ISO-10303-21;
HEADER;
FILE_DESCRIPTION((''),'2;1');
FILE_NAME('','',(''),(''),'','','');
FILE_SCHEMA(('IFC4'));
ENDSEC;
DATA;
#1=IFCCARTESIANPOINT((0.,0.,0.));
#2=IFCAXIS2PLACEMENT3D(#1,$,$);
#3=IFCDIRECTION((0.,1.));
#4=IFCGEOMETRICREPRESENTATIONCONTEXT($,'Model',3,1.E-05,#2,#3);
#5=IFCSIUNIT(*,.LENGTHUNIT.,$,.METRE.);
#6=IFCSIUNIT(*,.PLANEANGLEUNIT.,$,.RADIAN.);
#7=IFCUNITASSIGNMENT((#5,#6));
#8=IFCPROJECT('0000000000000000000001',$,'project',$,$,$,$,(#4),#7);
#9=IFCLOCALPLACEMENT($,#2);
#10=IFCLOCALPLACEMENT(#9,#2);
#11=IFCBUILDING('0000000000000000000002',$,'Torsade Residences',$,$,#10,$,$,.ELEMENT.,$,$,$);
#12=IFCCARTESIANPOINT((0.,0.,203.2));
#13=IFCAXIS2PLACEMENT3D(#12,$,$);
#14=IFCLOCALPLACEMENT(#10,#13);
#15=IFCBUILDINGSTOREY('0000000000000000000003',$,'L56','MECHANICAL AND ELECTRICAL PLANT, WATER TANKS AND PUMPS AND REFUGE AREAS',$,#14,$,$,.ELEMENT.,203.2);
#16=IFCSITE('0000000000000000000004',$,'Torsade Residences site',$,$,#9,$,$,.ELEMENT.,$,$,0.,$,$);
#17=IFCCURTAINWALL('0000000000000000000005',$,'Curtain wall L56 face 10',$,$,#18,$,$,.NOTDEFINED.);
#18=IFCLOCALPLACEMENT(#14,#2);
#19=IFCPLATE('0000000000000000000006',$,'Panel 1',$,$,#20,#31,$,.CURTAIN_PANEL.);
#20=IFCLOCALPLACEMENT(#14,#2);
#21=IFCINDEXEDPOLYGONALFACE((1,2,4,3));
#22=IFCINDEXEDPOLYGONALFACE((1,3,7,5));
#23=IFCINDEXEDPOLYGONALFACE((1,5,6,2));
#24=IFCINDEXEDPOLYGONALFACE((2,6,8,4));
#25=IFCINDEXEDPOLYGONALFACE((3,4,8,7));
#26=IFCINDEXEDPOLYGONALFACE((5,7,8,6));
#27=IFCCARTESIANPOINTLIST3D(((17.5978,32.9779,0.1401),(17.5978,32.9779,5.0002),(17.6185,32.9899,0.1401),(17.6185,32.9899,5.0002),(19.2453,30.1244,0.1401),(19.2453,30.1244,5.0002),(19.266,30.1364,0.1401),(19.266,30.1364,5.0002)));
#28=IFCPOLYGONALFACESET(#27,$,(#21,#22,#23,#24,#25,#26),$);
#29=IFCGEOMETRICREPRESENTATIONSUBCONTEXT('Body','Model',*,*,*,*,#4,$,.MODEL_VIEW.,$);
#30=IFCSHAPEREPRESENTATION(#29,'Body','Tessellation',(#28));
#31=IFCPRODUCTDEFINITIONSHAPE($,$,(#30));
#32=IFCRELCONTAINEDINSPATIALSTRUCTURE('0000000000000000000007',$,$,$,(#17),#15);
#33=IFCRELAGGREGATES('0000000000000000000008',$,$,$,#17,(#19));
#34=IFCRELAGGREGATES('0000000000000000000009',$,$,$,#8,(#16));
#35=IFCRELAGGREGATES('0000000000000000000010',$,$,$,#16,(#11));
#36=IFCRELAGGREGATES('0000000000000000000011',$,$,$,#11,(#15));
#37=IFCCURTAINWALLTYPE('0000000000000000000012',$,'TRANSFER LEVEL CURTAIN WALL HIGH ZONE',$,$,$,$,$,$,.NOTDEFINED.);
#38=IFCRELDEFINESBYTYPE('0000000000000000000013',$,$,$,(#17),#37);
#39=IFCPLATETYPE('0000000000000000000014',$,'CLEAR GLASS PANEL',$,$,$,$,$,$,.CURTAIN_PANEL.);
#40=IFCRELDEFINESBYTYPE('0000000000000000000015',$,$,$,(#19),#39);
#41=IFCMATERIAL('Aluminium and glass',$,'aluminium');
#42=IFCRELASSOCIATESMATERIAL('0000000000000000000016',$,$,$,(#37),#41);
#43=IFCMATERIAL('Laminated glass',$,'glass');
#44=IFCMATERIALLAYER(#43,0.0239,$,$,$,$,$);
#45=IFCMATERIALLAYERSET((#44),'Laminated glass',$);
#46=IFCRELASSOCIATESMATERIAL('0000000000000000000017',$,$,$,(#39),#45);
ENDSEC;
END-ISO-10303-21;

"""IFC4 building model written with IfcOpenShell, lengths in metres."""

from ifc_helpers import new_model, si_unit, direction, frame, origin, origin_2d, place, context, subcontext, project, spatial, rectangle, extrude, material, layer, layer_set, type_object, element, aggregate, save


model = new_model("IFC4")

# Units and contexts
model_context = context("Model", 3, precision=1e-05, world=origin(), true_north=direction((0.0, 1.0)))
body_context = subcontext(model_context, "Body", "Model", "MODEL_VIEW")
ifc_project = project(units=[si_unit("LENGTHUNIT", "METRE"), si_unit("PLANEANGLEUNIT", "RADIAN")], contexts=[model_context])

# Site, building, storey
site_placement = place(None, origin())
site = spatial("IfcSite", under=ifc_project, at=site_placement, Name="Torsade Residences site", CompositionType="ELEMENT", RefElevation=0.0)
building_placement = place(site_placement, origin())
building = spatial("IfcBuilding", under=site, at=building_placement, Name="Torsade Residences", CompositionType="ELEMENT")
storey_placement = place(building_placement, frame((0.0, 0.0, 203.2)))
storey = spatial("IfcBuildingStorey", under=building, at=storey_placement, Name="L56", Description="MECHANICAL AND ELECTRICAL PLANT, WATER TANKS AND PUMPS AND REFUGE AREAS", CompositionType="ELEMENT", Elevation=203.2)

# Curtain wall
ifc_material_1 = material(Name="Aluminium and glass", Category="aluminium")
curtain_wall_type = type_object("IfcCurtainWallType", Name="TRANSFER LEVEL CURTAIN WALL HIGH ZONE", PredefinedType="NOTDEFINED", material=ifc_material_1)
curtain_wall_1_placement = place(storey_placement, origin())
curtain_wall_1 = element("IfcCurtainWall", 1, at=curtain_wall_1_placement, inside=storey, type_object=curtain_wall_type, Name="Curtain wall L56 face 10", PredefinedType="NOTDEFINED")

# Plate
ifc_material_2 = material(Name="Laminated glass", Category="glass")
ifc_layer = layer(ifc_material_2, 0.0239)
ifc_layer_set = layer_set([ifc_layer], Name="Laminated glass")
plate_type = type_object("IfcPlateType", Name="CLEAR GLASS PANEL", PredefinedType="CURTAIN_PANEL", material=ifc_layer_set)
plate_1_placement = place(storey_placement, frame((18.4319, 31.5571, 0.1401), z_axis=(0.0, 0.0, 1.0), x_axis=(0.5, -0.866025, 0.0)))
plate_1 = element("IfcPlate", 2, at=plate_1_placement, type_object=plate_type, Name="Panel 1", PredefinedType="CURTAIN_PANEL", context=body_context, shape_type="SweptSolid", body=[
    extrude(rectangle(XDim=3.2949, YDim=0.0239, at=origin_2d()), origin(), (0.0, 0.0, 1.0), 4.8601),
])
aggregate(curtain_wall_1, [plate_1])

save(model, "model.ifc")
